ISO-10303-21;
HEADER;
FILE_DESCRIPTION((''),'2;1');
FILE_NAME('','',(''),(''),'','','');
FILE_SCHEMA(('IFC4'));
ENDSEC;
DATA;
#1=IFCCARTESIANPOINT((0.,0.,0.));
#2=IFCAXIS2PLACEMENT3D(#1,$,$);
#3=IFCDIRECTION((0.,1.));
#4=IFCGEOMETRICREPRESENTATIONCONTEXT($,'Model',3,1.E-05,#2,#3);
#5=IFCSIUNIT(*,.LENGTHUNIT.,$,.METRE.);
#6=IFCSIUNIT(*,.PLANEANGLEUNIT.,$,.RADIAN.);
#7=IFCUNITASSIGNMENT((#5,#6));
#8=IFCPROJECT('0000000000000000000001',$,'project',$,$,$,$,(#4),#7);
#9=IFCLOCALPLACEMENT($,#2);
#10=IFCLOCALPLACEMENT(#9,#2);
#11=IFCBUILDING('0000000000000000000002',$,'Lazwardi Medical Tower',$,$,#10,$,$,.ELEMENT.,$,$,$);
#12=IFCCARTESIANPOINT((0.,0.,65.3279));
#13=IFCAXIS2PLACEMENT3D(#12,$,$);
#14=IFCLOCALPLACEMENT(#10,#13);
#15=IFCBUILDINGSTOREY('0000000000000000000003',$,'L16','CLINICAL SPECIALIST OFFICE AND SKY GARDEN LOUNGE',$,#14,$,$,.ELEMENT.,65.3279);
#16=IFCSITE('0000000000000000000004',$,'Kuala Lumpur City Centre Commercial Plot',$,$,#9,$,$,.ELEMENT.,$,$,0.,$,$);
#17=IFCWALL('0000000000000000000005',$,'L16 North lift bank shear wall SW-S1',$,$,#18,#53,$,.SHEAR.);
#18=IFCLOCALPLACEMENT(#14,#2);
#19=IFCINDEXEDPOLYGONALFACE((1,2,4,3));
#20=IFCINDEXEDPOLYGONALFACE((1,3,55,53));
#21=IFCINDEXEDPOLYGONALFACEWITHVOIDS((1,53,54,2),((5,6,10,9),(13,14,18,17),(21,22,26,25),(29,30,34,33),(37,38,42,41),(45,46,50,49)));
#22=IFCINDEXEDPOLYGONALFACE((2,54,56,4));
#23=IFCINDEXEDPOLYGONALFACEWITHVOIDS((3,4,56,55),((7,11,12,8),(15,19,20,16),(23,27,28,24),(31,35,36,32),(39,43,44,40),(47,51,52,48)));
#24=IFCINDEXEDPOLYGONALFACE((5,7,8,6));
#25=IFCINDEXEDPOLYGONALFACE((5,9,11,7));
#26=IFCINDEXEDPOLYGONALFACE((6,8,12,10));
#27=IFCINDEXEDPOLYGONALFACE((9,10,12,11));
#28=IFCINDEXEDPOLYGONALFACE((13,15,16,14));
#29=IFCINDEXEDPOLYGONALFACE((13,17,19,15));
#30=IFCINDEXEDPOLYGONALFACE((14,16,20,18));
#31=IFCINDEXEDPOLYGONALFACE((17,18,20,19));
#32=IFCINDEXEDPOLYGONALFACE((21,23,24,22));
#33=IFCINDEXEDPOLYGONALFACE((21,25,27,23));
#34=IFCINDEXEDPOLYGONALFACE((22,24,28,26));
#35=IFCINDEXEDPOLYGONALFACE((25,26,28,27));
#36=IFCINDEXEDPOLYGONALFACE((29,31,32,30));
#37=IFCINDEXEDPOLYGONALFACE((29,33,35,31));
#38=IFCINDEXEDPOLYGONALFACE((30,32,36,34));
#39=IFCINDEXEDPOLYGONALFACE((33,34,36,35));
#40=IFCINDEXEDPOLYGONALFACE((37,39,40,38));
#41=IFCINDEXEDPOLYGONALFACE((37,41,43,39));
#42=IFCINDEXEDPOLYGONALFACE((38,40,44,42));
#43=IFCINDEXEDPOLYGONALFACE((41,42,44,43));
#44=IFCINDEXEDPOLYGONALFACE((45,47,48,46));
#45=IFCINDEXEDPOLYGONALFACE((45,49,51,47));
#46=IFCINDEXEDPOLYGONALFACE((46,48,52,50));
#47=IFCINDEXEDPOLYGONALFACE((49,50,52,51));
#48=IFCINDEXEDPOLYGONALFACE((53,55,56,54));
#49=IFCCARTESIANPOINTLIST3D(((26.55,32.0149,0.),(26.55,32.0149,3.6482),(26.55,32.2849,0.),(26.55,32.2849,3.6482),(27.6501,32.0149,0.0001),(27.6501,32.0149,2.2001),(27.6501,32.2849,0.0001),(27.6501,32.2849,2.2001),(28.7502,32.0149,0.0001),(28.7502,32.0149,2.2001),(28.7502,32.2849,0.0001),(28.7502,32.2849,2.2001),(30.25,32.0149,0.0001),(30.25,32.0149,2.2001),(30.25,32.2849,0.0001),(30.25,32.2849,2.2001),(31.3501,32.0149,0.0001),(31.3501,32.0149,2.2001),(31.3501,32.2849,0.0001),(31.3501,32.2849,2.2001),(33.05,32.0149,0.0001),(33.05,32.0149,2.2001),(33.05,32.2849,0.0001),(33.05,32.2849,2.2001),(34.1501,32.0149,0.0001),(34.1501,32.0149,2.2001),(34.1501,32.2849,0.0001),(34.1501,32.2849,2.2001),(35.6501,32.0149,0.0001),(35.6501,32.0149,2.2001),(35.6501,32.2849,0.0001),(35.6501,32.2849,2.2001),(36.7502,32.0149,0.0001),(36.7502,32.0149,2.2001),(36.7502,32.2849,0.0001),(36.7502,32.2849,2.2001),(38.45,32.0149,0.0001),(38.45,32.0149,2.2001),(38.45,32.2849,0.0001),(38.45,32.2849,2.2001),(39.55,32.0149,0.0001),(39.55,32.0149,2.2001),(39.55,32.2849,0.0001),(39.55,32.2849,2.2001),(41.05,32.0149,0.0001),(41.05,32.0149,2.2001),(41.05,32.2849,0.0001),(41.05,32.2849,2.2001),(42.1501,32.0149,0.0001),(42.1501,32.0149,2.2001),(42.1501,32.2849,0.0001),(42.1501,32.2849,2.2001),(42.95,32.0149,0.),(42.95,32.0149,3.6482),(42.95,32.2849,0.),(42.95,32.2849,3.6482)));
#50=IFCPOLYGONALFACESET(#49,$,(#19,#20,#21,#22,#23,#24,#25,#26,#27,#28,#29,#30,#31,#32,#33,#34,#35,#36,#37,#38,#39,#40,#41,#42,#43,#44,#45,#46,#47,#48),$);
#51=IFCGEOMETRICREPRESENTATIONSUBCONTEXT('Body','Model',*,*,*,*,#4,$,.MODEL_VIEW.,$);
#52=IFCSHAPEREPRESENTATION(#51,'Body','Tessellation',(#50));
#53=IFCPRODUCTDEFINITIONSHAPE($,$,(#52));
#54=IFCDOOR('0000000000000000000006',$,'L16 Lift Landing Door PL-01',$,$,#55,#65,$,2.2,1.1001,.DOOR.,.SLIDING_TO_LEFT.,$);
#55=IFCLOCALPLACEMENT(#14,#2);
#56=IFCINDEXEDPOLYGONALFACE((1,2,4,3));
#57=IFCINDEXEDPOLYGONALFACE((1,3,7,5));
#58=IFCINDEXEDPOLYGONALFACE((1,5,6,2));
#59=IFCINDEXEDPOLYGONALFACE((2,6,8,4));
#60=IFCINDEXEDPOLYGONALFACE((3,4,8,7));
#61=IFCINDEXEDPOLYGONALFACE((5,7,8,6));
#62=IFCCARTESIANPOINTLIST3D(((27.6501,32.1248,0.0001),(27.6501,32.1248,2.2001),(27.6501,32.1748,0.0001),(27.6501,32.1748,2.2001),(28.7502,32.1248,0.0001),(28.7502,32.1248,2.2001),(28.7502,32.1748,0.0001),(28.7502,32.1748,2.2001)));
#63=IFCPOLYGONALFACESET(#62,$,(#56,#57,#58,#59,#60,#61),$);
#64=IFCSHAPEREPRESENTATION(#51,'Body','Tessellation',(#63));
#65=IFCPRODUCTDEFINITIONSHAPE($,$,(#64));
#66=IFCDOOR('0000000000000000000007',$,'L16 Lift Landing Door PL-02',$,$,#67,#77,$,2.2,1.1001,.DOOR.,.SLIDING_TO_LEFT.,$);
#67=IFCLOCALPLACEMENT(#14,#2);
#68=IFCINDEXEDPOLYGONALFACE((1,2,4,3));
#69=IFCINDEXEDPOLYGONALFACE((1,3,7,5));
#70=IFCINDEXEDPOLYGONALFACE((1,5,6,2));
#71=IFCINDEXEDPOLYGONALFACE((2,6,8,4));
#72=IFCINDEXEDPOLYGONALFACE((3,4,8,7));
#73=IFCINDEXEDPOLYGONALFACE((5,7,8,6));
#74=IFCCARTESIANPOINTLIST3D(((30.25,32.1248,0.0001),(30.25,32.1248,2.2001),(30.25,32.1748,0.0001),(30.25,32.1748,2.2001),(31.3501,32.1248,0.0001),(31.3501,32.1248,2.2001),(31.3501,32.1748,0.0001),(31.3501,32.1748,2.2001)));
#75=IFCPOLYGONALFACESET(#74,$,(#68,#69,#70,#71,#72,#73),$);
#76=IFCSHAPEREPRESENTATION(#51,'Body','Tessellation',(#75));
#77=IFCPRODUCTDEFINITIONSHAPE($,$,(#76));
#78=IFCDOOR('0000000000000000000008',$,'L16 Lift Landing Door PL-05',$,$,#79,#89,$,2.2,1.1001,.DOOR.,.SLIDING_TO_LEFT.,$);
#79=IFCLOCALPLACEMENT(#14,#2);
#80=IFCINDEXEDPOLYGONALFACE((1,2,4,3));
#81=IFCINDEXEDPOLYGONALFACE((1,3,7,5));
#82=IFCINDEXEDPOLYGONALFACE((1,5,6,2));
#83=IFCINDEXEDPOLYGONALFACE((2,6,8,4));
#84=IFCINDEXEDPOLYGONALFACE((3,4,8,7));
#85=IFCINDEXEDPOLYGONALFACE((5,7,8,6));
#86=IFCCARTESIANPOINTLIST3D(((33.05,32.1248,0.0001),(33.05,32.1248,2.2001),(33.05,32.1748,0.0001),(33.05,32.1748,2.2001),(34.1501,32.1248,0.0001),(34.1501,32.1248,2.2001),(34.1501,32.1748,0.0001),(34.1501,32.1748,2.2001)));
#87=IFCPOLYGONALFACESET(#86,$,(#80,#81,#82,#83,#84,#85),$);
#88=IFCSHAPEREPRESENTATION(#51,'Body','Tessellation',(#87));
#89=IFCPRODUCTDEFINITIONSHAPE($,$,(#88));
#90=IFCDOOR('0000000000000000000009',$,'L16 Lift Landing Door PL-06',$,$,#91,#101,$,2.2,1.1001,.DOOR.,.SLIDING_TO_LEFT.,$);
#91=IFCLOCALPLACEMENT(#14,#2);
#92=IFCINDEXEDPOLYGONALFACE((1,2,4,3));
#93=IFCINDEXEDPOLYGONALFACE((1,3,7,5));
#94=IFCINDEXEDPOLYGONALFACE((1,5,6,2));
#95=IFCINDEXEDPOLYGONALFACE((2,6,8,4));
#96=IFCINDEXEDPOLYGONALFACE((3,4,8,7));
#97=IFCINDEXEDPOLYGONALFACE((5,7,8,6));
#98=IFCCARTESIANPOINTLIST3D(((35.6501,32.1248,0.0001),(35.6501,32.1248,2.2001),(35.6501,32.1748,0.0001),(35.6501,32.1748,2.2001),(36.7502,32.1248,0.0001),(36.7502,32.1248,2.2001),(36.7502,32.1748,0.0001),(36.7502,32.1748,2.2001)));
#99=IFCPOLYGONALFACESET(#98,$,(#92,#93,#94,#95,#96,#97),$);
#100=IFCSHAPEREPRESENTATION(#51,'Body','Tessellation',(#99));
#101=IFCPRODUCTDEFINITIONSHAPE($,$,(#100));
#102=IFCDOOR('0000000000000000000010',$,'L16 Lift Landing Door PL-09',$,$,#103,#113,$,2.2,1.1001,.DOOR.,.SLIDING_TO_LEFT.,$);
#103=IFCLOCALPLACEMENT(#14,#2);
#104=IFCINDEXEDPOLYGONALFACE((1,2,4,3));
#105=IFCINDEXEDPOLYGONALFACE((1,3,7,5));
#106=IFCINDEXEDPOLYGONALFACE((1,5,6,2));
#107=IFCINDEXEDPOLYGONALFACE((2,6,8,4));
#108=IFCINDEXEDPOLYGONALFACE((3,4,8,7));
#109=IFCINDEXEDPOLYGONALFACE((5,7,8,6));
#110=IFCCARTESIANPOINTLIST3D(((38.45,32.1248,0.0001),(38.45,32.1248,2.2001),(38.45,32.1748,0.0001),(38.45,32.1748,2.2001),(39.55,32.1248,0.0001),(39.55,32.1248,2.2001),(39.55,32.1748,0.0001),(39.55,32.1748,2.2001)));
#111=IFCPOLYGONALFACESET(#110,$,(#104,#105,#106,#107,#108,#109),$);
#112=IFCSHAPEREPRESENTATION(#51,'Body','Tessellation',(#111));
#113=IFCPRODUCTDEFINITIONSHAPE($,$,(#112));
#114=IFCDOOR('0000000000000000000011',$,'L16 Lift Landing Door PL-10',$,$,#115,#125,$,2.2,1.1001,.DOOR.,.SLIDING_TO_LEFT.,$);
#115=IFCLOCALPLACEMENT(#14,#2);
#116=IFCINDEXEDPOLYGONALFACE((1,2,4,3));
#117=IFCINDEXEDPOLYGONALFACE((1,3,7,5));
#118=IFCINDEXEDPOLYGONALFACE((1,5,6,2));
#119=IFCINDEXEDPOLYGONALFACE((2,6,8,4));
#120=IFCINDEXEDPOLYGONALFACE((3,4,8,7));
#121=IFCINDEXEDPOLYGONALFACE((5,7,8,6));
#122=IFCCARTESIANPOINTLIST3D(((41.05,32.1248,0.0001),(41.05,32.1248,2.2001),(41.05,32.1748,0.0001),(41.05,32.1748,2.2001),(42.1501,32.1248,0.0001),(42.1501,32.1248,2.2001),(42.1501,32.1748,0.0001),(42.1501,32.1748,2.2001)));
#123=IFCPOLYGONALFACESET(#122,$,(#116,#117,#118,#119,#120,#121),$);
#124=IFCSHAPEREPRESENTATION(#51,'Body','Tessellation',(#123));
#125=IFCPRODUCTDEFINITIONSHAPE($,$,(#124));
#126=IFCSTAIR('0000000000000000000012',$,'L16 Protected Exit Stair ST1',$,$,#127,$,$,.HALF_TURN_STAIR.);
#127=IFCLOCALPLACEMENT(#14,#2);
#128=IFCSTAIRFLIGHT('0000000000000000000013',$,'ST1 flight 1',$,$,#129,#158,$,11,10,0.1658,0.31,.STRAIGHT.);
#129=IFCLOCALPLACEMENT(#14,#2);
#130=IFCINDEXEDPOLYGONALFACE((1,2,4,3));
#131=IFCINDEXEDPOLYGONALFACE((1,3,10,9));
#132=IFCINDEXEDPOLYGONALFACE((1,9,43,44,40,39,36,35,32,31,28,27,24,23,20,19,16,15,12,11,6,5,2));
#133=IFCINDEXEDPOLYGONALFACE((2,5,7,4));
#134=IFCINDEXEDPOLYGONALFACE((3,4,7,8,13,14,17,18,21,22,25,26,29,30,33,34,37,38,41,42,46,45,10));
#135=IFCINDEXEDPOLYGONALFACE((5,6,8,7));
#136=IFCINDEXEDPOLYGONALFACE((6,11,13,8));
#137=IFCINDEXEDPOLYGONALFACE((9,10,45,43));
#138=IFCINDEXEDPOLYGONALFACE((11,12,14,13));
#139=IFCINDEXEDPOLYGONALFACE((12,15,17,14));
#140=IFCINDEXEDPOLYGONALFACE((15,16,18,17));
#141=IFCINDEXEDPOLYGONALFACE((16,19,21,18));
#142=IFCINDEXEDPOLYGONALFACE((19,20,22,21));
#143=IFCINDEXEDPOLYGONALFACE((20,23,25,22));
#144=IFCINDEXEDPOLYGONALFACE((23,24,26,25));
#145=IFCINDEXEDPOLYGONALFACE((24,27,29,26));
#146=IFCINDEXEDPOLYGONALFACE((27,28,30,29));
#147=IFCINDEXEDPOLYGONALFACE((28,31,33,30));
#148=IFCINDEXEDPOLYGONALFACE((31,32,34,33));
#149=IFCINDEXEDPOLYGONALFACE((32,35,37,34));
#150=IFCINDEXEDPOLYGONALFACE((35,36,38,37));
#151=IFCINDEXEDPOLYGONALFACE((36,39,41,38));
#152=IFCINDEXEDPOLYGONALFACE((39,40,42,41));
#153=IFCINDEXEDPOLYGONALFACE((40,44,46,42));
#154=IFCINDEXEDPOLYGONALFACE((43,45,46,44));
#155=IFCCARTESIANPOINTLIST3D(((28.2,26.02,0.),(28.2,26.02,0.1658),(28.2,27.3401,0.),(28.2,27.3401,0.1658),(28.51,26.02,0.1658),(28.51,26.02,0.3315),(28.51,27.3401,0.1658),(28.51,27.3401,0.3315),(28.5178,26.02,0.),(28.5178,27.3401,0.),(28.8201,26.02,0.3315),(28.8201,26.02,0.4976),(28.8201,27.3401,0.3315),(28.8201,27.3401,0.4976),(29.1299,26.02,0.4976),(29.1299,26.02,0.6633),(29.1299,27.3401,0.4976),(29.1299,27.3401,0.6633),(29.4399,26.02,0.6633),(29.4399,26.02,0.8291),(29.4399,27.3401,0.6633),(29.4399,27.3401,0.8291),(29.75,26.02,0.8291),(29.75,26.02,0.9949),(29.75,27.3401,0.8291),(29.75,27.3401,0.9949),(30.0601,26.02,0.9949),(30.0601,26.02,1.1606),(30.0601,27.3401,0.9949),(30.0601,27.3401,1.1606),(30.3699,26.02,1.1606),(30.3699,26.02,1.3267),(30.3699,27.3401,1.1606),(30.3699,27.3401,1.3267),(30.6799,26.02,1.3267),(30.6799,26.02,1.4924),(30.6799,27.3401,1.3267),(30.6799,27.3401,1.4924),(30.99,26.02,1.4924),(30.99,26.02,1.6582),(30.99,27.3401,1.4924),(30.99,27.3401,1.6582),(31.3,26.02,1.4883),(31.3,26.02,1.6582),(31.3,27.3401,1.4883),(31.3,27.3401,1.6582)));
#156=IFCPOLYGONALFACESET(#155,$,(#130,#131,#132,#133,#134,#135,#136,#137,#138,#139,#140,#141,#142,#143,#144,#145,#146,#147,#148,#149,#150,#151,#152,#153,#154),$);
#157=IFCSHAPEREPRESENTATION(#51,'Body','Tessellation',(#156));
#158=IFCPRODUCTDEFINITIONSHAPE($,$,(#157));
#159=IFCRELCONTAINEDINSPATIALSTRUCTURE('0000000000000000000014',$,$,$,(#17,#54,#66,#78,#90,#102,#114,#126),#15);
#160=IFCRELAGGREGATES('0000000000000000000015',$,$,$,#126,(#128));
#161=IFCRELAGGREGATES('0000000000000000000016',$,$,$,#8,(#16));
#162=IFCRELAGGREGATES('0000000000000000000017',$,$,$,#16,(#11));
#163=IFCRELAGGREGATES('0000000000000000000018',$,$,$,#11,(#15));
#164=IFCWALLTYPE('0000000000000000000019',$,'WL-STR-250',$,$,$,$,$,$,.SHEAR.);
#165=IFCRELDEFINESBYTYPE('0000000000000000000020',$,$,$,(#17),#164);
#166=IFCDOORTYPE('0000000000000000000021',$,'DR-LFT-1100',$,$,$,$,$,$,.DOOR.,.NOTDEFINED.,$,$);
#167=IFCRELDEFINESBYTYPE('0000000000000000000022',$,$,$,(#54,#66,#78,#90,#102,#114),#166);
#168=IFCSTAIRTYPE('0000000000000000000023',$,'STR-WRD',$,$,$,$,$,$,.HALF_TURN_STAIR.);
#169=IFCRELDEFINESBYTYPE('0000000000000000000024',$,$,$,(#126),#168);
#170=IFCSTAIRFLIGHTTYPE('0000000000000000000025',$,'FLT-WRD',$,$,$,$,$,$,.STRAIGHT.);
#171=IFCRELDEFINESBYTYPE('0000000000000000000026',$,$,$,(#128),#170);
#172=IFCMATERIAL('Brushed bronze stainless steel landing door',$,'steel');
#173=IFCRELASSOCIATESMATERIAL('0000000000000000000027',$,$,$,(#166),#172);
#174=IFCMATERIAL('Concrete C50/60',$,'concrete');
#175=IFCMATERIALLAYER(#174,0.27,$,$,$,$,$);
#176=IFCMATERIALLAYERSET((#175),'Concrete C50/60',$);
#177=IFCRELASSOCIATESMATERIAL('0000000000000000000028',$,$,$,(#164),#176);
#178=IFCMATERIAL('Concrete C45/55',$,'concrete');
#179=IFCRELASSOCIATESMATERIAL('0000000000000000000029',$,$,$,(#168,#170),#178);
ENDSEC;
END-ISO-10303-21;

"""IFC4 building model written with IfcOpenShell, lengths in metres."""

from ifc_helpers import new_model, si_unit, direction, frame, frame_2d, origin, place, context, subcontext, project, spatial, polyline, rectangle, outline, extrude, material, layer, layer_set, type_object, element, fill, aggregate, save


model = new_model("IFC4")

# Units and contexts
model_context = context("Model", 3, precision=1e-05, world=origin(), true_north=direction((0.0, 1.0)))
body_context = subcontext(model_context, "Body", "Model", "MODEL_VIEW")
ifc_project = project(units=[si_unit("LENGTHUNIT", "METRE"), si_unit("PLANEANGLEUNIT", "RADIAN")], contexts=[model_context])

# Site, building, storey
site_placement = place(None, origin())
site = spatial("IfcSite", under=ifc_project, at=site_placement, Name="Kuala Lumpur City Centre Commercial Plot", CompositionType="ELEMENT", RefElevation=0.0)
building_placement = place(site_placement, origin())
building = spatial("IfcBuilding", under=site, at=building_placement, Name="Lazwardi Medical Tower", CompositionType="ELEMENT")
storey_placement = place(building_placement, frame((0.0, 0.0, 65.3279)))
storey = spatial("IfcBuildingStorey", under=building, at=storey_placement, Name="L16", Description="CLINICAL SPECIALIST OFFICE AND SKY GARDEN LOUNGE", CompositionType="ELEMENT", Elevation=65.3279)

# Shared definitions
ifc_material_1 = material(Name="Brushed bronze stainless steel landing door", Category="steel")
door_type_1 = type_object("IfcDoorType", Name="DR-LFT-1100", OperationType="NOTDEFINED", PredefinedType="DOOR", material=ifc_material_1)

# Shared definitions
ifc_material_2 = material(Name="Concrete C50/60", Category="concrete")
ifc_layer_1 = layer(ifc_material_2, 0.27)
ifc_layer_set_1 = layer_set([ifc_layer_1], Name="Concrete C50/60")
wall_type_1 = type_object("IfcWallType", Name="WL-STR-250", PredefinedType="SHEAR", material=ifc_layer_set_1)

# Wall, openings, doors
wall_1_placement = place(storey_placement, frame((26.55, 32.1499, 0.0), z_axis=(0.0, 0.0, 1.0), x_axis=(1.0, 0.0, 0.0)))
wall_1 = element("IfcWall", 1, at=wall_1_placement, inside=storey, type_object=wall_type_1, Name="L16 North lift bank shear wall SW-S1", PredefinedType="SHEAR", context=body_context, shape_type="SweptSolid", body=[
    extrude(rectangle(XDim=16.3999, YDim=0.27, at=frame_2d((8.2, 0.0))), origin(), (0.0, 0.0, 1.0), 3.6482),
])
opening_1_placement = place(wall_1_placement, frame((1.1001, 0.0, 0.0)))
opening_1 = element("IfcOpeningElement", 2, at=opening_1_placement, cuts=wall_1, PredefinedType="OPENING", context=body_context, shape_type="SweptSolid", body=[
    extrude(rectangle(XDim=1.1001, YDim=2.2, at=frame_2d((0.55, 1.1001))), frame((0.0, 0.145, 0.0), z_axis=(0.0, -1.0, 0.0), x_axis=(1.0, 0.0, 0.0)), (0.0, 0.0, 1.0), 0.29),
])
opening_2_placement = place(wall_1_placement, frame((3.7, 0.0, 0.0)))
opening_2 = element("IfcOpeningElement", 3, at=opening_2_placement, cuts=wall_1, PredefinedType="OPENING", context=body_context, shape_type="SweptSolid", body=[
    extrude(rectangle(XDim=1.1001, YDim=2.2, at=frame_2d((0.55, 1.1001))), frame((0.0, 0.145, 0.0), z_axis=(0.0, -1.0, 0.0), x_axis=(1.0, 0.0, 0.0)), (0.0, 0.0, 1.0), 0.29),
])
opening_3_placement = place(wall_1_placement, frame((6.5, 0.0, 0.0)))
opening_3 = element("IfcOpeningElement", 4, at=opening_3_placement, cuts=wall_1, PredefinedType="OPENING", context=body_context, shape_type="SweptSolid", body=[
    extrude(rectangle(XDim=1.1001, YDim=2.2, at=frame_2d((0.55, 1.1001))), frame((0.0, 0.145, 0.0), z_axis=(0.0, -1.0, 0.0), x_axis=(1.0, 0.0, 0.0)), (0.0, 0.0, 1.0), 0.29),
])
opening_4_placement = place(wall_1_placement, frame((9.1001, 0.0, 0.0)))
opening_4 = element("IfcOpeningElement", 5, at=opening_4_placement, cuts=wall_1, PredefinedType="OPENING", context=body_context, shape_type="SweptSolid", body=[
    extrude(rectangle(XDim=1.1001, YDim=2.2, at=frame_2d((0.55, 1.1001))), frame((0.0, 0.145, 0.0), z_axis=(0.0, -1.0, 0.0), x_axis=(1.0, 0.0, 0.0)), (0.0, 0.0, 1.0), 0.29),
])
opening_5_placement = place(wall_1_placement, frame((11.8999, 0.0, 0.0)))
opening_5 = element("IfcOpeningElement", 6, at=opening_5_placement, cuts=wall_1, PredefinedType="OPENING", context=body_context, shape_type="SweptSolid", body=[
    extrude(rectangle(XDim=1.1001, YDim=2.2, at=frame_2d((0.55, 1.1001))), frame((0.0, 0.145, 0.0), z_axis=(0.0, -1.0, 0.0), x_axis=(1.0, 0.0, 0.0)), (0.0, 0.0, 1.0), 0.29),
])
opening_6_placement = place(wall_1_placement, frame((14.5, 0.0, 0.0)))
opening_6 = element("IfcOpeningElement", 7, at=opening_6_placement, cuts=wall_1, PredefinedType="OPENING", context=body_context, shape_type="SweptSolid", body=[
    extrude(rectangle(XDim=1.1001, YDim=2.2, at=frame_2d((0.55, 1.1001))), frame((0.0, 0.145, 0.0), z_axis=(0.0, -1.0, 0.0), x_axis=(1.0, 0.0, 0.0)), (0.0, 0.0, 1.0), 0.29),
])
door_1_placement = place(opening_1_placement, origin())
door_1 = element("IfcDoor", 8, at=door_1_placement, inside=storey, type_object=door_type_1, Name="L16 Lift Landing Door PL-01", OperationType="SLIDING_TO_LEFT", OverallHeight=2.2, OverallWidth=1.1001, PredefinedType="DOOR", context=body_context, shape_type="SweptSolid", body=[
    extrude(rectangle(XDim=1.1001, YDim=2.2, at=frame_2d((0.55, 1.1001))), frame((0.0, 0.0249, 0.0), z_axis=(0.0, -1.0, 0.0), x_axis=(1.0, 0.0, 0.0)), (0.0, 0.0, 1.0), 0.05),
])
fill(opening_1, door_1)
door_2_placement = place(opening_2_placement, origin())
door_2 = element("IfcDoor", 9, at=door_2_placement, inside=storey, type_object=door_type_1, Name="L16 Lift Landing Door PL-02", OperationType="SLIDING_TO_LEFT", OverallHeight=2.2, OverallWidth=1.1001, PredefinedType="DOOR", context=body_context, shape_type="SweptSolid", body=[
    extrude(rectangle(XDim=1.1001, YDim=2.2, at=frame_2d((0.55, 1.1001))), frame((0.0, 0.0249, 0.0), z_axis=(0.0, -1.0, 0.0), x_axis=(1.0, 0.0, 0.0)), (0.0, 0.0, 1.0), 0.05),
])
fill(opening_2, door_2)
door_3_placement = place(opening_3_placement, origin())
door_3 = element("IfcDoor", 10, at=door_3_placement, inside=storey, type_object=door_type_1, Name="L16 Lift Landing Door PL-05", OperationType="SLIDING_TO_LEFT", OverallHeight=2.2, OverallWidth=1.1001, PredefinedType="DOOR", context=body_context, shape_type="SweptSolid", body=[
    extrude(rectangle(XDim=1.1001, YDim=2.2, at=frame_2d((0.55, 1.1001))), frame((0.0, 0.0249, 0.0), z_axis=(0.0, -1.0, 0.0), x_axis=(1.0, 0.0, 0.0)), (0.0, 0.0, 1.0), 0.05),
])
fill(opening_3, door_3)
door_4_placement = place(opening_4_placement, origin())
door_4 = element("IfcDoor", 11, at=door_4_placement, inside=storey, type_object=door_type_1, Name="L16 Lift Landing Door PL-06", OperationType="SLIDING_TO_LEFT", OverallHeight=2.2, OverallWidth=1.1001, PredefinedType="DOOR", context=body_context, shape_type="SweptSolid", body=[
    extrude(rectangle(XDim=1.1001, YDim=2.2, at=frame_2d((0.55, 1.1001))), frame((0.0, 0.0249, 0.0), z_axis=(0.0, -1.0, 0.0), x_axis=(1.0, 0.0, 0.0)), (0.0, 0.0, 1.0), 0.05),
])
fill(opening_4, door_4)
door_5_placement = place(opening_5_placement, origin())
door_5 = element("IfcDoor", 12, at=door_5_placement, inside=storey, type_object=door_type_1, Name="L16 Lift Landing Door PL-09", OperationType="SLIDING_TO_LEFT", OverallHeight=2.2, OverallWidth=1.1001, PredefinedType="DOOR", context=body_context, shape_type="SweptSolid", body=[
    extrude(rectangle(XDim=1.1001, YDim=2.2, at=frame_2d((0.55, 1.1001))), frame((0.0, 0.0249, 0.0), z_axis=(0.0, -1.0, 0.0), x_axis=(1.0, 0.0, 0.0)), (0.0, 0.0, 1.0), 0.05),
])
fill(opening_5, door_5)
door_6_placement = place(opening_6_placement, origin())
door_6 = element("IfcDoor", 13, at=door_6_placement, inside=storey, type_object=door_type_1, Name="L16 Lift Landing Door PL-10", OperationType="SLIDING_TO_LEFT", OverallHeight=2.2, OverallWidth=1.1001, PredefinedType="DOOR", context=body_context, shape_type="SweptSolid", body=[
    extrude(rectangle(XDim=1.1001, YDim=2.2, at=frame_2d((0.55, 1.1001))), frame((0.0, 0.0249, 0.0), z_axis=(0.0, -1.0, 0.0), x_axis=(1.0, 0.0, 0.0)), (0.0, 0.0, 1.0), 0.05),
])
fill(opening_6, door_6)

# Stair, stair flight
ifc_material_3 = material(Name="Concrete C45/55", Category="concrete")
stair_type = type_object("IfcStairType", Name="STR-WRD", PredefinedType="HALF_TURN_STAIR", material=ifc_material_3)
stair_placement = place(storey_placement, origin())
stair = element("IfcStair", 14, at=stair_placement, inside=storey, type_object=stair_type, Name="L16 Protected Exit Stair ST1", PredefinedType="HALF_TURN_STAIR")
stair_flight_type = type_object("IfcStairFlightType", Name="FLT-WRD", PredefinedType="STRAIGHT", material=ifc_material_3)
stair_flight_placement = place(storey_placement, frame((28.2, 26.6799, 0.0), z_axis=(0.0, 0.0, 1.0), x_axis=(1.0, 0.0, 0.0)))
stair_flight = element("IfcStairFlight", 15, at=stair_flight_placement, type_object=stair_flight_type, Name="ST1 flight 1", NumberOfRisers=11, NumberOfTreads=10, PredefinedType="STRAIGHT", RiserHeight=0.1658, TreadLength=0.31, context=body_context, shape_type="SweptSolid", body=[
    extrude(outline(polyline([(0.0, 0.0), (0.0, 0.1658), (0.3101, 0.1658), (0.3101, 0.3315), (0.6201, 0.3315), (0.6201, 0.4976), (0.9299, 0.4976), (0.9299, 0.6633), (1.24, 0.6633), (1.24, 0.8291), (1.55, 0.8291), (1.55, 0.9949), (1.8601, 0.9949), (1.8601, 1.1606), (2.1699, 1.1606), (2.1699, 1.3267), (2.48, 1.3267), (2.48, 1.4924), (2.79, 1.4924), (2.79, 1.6582), (3.1001, 1.6582), (3.1001, 1.824), (3.1001, 1.4883), (0.3179, 0.0), (0.0, 0.0)])), frame((0.0, 0.6602, 0.0), z_axis=(0.0, -1.0, 0.0), x_axis=(1.0, 0.0, 0.0)), (0.0, 0.0, 1.0), 1.3201),
])
aggregate(stair, [stair_flight])

save(model, "model.ifc")
